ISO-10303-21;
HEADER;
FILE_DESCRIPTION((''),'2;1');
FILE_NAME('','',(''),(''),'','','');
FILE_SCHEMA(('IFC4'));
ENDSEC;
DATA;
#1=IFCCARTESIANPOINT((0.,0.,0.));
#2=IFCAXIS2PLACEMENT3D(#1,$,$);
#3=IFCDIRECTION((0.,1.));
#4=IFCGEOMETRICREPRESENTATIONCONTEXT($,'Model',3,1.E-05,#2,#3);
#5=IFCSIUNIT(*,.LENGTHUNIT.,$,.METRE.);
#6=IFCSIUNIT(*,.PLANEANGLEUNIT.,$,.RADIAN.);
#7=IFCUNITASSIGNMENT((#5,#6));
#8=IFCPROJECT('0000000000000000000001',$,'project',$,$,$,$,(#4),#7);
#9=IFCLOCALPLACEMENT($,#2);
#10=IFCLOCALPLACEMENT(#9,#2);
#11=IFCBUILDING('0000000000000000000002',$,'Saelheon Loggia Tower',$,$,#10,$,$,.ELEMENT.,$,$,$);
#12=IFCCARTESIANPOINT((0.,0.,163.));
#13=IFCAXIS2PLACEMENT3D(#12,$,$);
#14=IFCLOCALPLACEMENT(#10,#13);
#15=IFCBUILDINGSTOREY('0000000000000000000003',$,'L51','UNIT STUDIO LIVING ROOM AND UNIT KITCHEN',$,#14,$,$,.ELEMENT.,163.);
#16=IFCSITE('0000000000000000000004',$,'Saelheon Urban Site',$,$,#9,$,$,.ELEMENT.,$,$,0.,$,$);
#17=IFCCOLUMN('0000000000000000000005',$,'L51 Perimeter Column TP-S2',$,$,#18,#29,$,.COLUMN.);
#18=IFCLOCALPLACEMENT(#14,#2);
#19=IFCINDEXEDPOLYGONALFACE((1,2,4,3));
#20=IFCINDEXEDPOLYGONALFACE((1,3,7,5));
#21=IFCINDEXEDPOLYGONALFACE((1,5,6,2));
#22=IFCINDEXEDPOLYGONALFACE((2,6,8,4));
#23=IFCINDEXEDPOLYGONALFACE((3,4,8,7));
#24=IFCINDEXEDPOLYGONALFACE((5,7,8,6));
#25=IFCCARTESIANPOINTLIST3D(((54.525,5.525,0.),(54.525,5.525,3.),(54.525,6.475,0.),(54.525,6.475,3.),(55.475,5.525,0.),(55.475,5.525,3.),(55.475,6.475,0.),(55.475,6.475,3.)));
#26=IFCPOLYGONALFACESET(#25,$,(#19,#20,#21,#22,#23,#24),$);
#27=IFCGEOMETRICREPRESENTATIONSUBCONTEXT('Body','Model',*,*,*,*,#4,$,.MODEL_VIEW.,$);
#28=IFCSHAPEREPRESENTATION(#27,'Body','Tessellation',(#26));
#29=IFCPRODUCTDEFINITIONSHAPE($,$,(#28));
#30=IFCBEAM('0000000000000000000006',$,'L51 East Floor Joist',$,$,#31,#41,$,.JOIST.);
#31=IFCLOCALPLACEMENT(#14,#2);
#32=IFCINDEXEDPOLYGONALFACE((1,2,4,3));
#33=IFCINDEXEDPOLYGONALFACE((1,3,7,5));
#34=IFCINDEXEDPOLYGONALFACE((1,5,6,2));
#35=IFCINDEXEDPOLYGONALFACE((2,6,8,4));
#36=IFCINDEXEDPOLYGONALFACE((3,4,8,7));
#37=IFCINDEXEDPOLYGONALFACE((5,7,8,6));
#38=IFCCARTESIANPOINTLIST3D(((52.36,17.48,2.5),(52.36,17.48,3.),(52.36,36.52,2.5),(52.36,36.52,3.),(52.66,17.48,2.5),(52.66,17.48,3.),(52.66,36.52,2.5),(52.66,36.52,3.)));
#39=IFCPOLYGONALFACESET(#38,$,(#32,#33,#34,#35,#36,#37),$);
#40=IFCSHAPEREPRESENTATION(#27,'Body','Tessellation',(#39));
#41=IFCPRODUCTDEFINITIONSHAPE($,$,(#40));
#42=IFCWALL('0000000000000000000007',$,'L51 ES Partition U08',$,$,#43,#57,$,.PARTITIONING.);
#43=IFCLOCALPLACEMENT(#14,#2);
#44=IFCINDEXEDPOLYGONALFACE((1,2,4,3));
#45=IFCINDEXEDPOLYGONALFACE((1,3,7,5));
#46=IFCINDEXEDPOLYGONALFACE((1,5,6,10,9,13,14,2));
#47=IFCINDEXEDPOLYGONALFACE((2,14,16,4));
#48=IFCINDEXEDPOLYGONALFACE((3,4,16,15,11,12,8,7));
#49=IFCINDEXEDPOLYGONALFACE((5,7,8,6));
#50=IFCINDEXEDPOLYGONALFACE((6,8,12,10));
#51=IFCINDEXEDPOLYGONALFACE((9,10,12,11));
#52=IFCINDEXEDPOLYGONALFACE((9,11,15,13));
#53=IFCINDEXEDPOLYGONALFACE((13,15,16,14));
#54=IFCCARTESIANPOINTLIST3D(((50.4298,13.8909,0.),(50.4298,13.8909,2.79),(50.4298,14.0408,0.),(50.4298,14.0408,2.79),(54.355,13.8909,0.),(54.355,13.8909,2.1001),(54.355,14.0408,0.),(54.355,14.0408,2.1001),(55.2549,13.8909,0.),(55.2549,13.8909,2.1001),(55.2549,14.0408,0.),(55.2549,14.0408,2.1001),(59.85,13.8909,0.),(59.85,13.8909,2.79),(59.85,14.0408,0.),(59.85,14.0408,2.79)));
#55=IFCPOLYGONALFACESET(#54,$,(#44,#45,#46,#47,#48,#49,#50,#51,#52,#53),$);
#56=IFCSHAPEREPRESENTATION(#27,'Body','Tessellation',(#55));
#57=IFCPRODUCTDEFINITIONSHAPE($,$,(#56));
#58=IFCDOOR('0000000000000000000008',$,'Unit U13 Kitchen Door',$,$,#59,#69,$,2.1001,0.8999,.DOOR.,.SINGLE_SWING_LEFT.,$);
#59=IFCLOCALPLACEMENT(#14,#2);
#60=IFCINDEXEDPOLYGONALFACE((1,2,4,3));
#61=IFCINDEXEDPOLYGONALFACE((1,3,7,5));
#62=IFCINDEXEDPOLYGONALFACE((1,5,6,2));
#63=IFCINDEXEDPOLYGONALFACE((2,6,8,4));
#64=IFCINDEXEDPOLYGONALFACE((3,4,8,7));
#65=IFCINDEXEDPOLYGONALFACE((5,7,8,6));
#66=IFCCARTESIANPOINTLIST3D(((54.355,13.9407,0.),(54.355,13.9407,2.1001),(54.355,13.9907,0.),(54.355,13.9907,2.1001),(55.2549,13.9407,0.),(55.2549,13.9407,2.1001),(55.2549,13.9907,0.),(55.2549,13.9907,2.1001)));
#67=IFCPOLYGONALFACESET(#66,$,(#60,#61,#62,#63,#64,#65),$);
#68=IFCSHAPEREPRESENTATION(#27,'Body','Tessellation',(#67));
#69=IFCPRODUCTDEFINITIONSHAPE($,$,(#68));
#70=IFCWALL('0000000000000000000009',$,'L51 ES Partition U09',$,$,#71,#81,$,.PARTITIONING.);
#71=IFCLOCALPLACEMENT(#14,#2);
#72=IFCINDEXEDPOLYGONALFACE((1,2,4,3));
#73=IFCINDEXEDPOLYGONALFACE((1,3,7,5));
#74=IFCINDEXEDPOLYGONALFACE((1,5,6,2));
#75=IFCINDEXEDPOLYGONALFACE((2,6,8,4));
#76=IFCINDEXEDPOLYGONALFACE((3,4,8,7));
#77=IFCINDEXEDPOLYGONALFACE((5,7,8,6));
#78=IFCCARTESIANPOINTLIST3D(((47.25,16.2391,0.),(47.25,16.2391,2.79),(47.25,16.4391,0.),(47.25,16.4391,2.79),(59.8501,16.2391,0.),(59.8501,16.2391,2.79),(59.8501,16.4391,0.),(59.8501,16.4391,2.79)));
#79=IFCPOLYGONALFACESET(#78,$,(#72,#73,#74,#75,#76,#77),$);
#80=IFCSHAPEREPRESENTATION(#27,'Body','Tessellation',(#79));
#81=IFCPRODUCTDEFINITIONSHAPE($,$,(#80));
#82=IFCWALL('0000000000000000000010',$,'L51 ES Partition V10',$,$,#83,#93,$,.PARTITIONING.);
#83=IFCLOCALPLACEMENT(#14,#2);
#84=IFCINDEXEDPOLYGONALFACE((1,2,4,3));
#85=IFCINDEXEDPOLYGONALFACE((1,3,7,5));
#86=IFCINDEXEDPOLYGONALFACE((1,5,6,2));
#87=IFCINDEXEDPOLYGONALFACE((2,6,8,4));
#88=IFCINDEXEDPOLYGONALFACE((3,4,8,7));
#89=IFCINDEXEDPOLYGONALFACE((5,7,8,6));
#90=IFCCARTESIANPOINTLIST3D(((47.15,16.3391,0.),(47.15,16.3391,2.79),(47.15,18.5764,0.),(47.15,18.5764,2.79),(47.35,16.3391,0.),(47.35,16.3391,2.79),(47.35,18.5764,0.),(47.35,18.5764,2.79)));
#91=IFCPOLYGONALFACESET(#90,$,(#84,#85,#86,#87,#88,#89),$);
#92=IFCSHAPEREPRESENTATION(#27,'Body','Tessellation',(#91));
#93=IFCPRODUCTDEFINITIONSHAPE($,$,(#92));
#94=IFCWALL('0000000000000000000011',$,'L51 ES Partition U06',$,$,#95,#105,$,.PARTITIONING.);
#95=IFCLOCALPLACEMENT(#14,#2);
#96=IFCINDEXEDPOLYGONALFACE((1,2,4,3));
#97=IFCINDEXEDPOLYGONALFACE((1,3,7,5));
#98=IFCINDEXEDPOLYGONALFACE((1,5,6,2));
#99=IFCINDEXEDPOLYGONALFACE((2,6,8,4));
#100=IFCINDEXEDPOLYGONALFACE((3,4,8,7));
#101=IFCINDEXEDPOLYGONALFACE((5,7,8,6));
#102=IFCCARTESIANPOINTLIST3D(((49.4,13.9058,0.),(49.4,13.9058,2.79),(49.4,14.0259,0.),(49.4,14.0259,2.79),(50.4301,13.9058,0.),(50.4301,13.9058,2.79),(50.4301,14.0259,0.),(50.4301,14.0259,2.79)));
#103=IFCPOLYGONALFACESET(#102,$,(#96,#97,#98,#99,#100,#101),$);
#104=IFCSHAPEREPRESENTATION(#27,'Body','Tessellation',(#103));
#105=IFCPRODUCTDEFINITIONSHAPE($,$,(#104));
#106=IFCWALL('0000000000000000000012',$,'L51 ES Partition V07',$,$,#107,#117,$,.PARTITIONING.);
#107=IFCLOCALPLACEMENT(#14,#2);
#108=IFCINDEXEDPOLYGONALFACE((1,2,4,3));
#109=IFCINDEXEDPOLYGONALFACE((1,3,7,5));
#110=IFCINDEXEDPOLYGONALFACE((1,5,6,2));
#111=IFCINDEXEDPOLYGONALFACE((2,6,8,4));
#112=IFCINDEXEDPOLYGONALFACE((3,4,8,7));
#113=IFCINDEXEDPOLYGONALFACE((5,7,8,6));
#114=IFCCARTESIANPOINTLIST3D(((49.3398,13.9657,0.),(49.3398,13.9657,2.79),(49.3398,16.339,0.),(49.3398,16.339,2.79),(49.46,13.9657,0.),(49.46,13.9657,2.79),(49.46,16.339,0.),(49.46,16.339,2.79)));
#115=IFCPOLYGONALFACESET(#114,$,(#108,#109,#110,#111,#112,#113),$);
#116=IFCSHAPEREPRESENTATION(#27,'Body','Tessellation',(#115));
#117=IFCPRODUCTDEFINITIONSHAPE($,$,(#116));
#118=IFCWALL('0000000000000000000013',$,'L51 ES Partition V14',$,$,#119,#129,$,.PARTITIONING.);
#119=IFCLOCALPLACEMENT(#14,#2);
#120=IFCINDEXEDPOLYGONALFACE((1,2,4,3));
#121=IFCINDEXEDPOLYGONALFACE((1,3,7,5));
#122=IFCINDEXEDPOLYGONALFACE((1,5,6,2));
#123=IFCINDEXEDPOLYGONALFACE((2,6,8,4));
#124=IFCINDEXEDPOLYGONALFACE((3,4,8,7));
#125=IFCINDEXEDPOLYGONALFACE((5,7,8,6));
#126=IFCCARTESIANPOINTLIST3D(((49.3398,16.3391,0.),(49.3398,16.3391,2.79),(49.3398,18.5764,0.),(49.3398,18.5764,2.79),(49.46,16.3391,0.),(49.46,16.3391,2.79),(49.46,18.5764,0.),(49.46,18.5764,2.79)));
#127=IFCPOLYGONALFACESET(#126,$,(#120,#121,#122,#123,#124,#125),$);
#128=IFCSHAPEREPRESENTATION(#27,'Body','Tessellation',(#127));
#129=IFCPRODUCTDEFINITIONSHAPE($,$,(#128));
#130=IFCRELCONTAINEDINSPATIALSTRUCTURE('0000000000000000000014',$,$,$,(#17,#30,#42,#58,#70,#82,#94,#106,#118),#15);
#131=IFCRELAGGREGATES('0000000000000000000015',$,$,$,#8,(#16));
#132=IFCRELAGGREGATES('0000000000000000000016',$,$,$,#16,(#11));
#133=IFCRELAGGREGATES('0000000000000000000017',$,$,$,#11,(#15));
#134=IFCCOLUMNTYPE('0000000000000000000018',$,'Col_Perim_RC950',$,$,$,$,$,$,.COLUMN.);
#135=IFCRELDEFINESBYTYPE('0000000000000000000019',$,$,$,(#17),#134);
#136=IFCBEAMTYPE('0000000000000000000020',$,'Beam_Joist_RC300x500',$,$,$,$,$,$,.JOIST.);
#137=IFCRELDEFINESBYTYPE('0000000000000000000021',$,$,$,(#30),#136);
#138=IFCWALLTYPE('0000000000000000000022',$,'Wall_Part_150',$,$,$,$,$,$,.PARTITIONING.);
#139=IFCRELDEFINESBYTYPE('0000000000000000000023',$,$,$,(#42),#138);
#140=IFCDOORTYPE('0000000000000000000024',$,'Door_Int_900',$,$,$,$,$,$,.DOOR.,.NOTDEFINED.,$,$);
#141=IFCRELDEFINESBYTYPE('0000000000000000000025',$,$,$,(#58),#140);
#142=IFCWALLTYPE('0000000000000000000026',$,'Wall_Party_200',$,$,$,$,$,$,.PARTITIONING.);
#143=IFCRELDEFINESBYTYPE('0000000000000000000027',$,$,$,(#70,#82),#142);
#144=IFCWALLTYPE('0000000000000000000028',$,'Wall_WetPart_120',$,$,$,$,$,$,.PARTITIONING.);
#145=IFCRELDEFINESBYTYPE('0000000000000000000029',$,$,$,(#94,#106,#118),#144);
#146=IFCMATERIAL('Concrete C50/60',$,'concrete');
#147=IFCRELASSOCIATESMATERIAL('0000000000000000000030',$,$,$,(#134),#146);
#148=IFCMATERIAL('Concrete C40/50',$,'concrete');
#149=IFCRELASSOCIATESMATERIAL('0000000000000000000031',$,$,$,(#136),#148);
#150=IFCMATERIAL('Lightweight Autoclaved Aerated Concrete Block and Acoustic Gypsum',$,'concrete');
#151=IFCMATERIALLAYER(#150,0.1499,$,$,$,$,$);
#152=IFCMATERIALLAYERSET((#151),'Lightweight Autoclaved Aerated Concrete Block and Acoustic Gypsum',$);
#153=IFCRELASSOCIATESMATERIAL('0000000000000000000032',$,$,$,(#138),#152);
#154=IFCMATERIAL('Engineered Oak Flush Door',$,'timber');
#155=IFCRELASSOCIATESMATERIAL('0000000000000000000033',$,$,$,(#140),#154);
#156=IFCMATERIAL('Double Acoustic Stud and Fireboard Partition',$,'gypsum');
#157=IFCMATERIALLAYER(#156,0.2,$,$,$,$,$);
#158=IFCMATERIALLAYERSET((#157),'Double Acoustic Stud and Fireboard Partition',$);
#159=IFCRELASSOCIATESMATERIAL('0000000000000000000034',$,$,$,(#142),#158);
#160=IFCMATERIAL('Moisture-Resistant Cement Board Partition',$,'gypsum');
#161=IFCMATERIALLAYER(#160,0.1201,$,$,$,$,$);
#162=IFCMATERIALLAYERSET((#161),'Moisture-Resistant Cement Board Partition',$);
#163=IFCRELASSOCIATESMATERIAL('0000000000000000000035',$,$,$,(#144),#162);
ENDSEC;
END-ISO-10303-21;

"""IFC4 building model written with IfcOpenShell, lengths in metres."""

from ifc_helpers import new_model, si_unit, direction, frame, frame_2d, origin, origin_2d, place, context, subcontext, project, spatial, rectangle, extrude, source, transform, mapped, material, layer, layer_set, material_profile, profile_set, type_object, element, fill, save


model = new_model("IFC4")

# Units and contexts
model_context = context("Model", 3, precision=1e-05, world=origin(), true_north=direction((0.0, 1.0)))
body_context = subcontext(model_context, "Body", "Model", "MODEL_VIEW")
ifc_project = project(units=[si_unit("LENGTHUNIT", "METRE"), si_unit("PLANEANGLEUNIT", "RADIAN")], contexts=[model_context])

# Site, building, storey
site_placement = place(None, origin())
site = spatial("IfcSite", under=ifc_project, at=site_placement, Name="Saelheon Urban Site", CompositionType="ELEMENT", RefElevation=0.0)
building_placement = place(site_placement, origin())
building = spatial("IfcBuilding", under=site, at=building_placement, Name="Saelheon Loggia Tower", CompositionType="ELEMENT")
storey_placement = place(building_placement, frame((0.0, 0.0, 163.0)))
storey = spatial("IfcBuildingStorey", under=building, at=storey_placement, Name="L51", Description="UNIT STUDIO LIVING ROOM AND UNIT KITCHEN", CompositionType="ELEMENT", Elevation=163.0)

# Column
ifc_material_1 = material(Name="Concrete C50/60", Category="concrete")
ifc_material_profile_1 = material_profile(ifc_material_1, rectangle(XDim=0.95, YDim=0.95, at=origin_2d()), Name="RC-950x950")
ifc_profile_set_1 = profile_set([ifc_material_profile_1], Name="Concrete C50/60")
column_type = type_object("IfcColumnType", Name="Col_Perim_RC950", PredefinedType="COLUMN", material=ifc_profile_set_1)
shared_shape_1 = source(origin(), body_context, "Body", "SweptSolid", [
    extrude(rectangle(XDim=0.95, YDim=0.95, at=origin_2d()), origin(), (0.0, 0.0, 1.0), 3.0),
])
column_placement = place(storey_placement, frame((55.0, 6.0, 0.0), z_axis=(0.0, 0.0, 1.0), x_axis=(1.0, 0.0, 0.0)))
element("IfcColumn", 1, at=column_placement, inside=storey, type_object=column_type, Name="L51 Perimeter Column TP-S2", PredefinedType="COLUMN", context=body_context, shape_type="MappedRepresentation", body=[
    mapped(shared_shape_1, transform((0.0, 0.0, 0.0), scale=1.0)),
])

# Beam
ifc_material_2 = material(Name="Concrete C40/50", Category="concrete")
ifc_material_profile_2 = material_profile(ifc_material_2, rectangle(XDim=0.3, YDim=0.5, at=origin_2d()), Name="RC-300x500")
ifc_profile_set_2 = profile_set([ifc_material_profile_2], Name="Concrete C40/50")
beam_type = type_object("IfcBeamType", Name="Beam_Joist_RC300x500", PredefinedType="JOIST", material=ifc_profile_set_2)
shared_shape_2 = source(origin(), body_context, "Body", "SweptSolid", [
    extrude(rectangle(XDim=0.3, YDim=0.5, at=origin_2d()), origin(), (0.0, 0.0, 1.0), 19.04),
])
beam_placement = place(storey_placement, frame((52.51, 17.48, 2.75), z_axis=(0.0, 1.0, 0.0), x_axis=(-1.0, 0.0, 0.0)))
element("IfcBeam", 2, at=beam_placement, inside=storey, type_object=beam_type, Name="L51 East Floor Joist", PredefinedType="JOIST", context=body_context, shape_type="MappedRepresentation", body=[
    mapped(shared_shape_2, transform((0.0, 0.0, 0.0), scale=1.0)),
])

# Wall, opening, door
ifc_material_3 = material(Name="Lightweight Autoclaved Aerated Concrete Block and Acoustic Gypsum", Category="concrete")
ifc_layer_1 = layer(ifc_material_3, 0.1499)
ifc_layer_set_1 = layer_set([ifc_layer_1], Name="Lightweight Autoclaved Aerated Concrete Block and Acoustic Gypsum")
wall_type_1 = type_object("IfcWallType", Name="Wall_Part_150", PredefinedType="PARTITIONING", material=ifc_layer_set_1)
wall_1_placement = place(storey_placement, frame((50.4299, 13.9658, 0.0), z_axis=(0.0, 0.0, 1.0), x_axis=(1.0, 0.0, 0.0)))
wall_1 = element("IfcWall", 3, at=wall_1_placement, inside=storey, type_object=wall_type_1, Name="L51 ES Partition U08", PredefinedType="PARTITIONING", context=body_context, shape_type="SweptSolid", body=[
    extrude(rectangle(XDim=9.4202, YDim=0.1499, at=frame_2d((4.71, 0.0))), origin(), (0.0, 0.0, 1.0), 2.79),
])
opening_placement = place(wall_1_placement, frame((3.925, 0.0, 0.0)))
opening = element("IfcOpeningElement", 4, at=opening_placement, cuts=wall_1, PredefinedType="OPENING", context=body_context, shape_type="SweptSolid", body=[
    extrude(rectangle(XDim=0.8999, YDim=2.1001, at=frame_2d((0.45, 1.05))), frame((0.0, 0.0869, 0.0), z_axis=(0.0, -1.0, 0.0), x_axis=(1.0, 0.0, 0.0)), (0.0, 0.0, 1.0), 0.1738),
])
ifc_material_4 = material(Name="Engineered Oak Flush Door", Category="timber")
door_type = type_object("IfcDoorType", Name="Door_Int_900", OperationType="NOTDEFINED", PredefinedType="DOOR", material=ifc_material_4)
shared_shape_3 = source(origin(), body_context, "Body", "SweptSolid", [
    extrude(rectangle(XDim=0.8999, YDim=2.1001, at=frame_2d((0.45, 1.05))), frame((0.0, 0.0249, 0.0), z_axis=(0.0, -1.0, 0.0), x_axis=(1.0, 0.0, 0.0)), (0.0, 0.0, 1.0), 0.05),
])
door_placement = place(opening_placement, origin())
door = element("IfcDoor", 5, at=door_placement, inside=storey, type_object=door_type, Name="Unit U13 Kitchen Door", OperationType="SINGLE_SWING_LEFT", OverallHeight=2.1001, OverallWidth=0.8999, PredefinedType="DOOR", context=body_context, shape_type="MappedRepresentation", body=[
    mapped(shared_shape_3, transform((0.0, 0.0, 0.0), scale=1.0)),
])
fill(opening, door)

# Walls
ifc_material_5 = material(Name="Double Acoustic Stud and Fireboard Partition", Category="gypsum")
ifc_layer_2 = layer(ifc_material_5, 0.2)
ifc_layer_set_2 = layer_set([ifc_layer_2], Name="Double Acoustic Stud and Fireboard Partition")
wall_type_2 = type_object("IfcWallType", Name="Wall_Party_200", PredefinedType="PARTITIONING", material=ifc_layer_set_2)
wall_2_placement = place(storey_placement, frame((47.25, 16.3391, 0.0), z_axis=(0.0, 0.0, 1.0), x_axis=(1.0, 0.0, 0.0)))
element("IfcWall", 6, at=wall_2_placement, inside=storey, type_object=wall_type_2, Name="L51 ES Partition U09", PredefinedType="PARTITIONING", context=body_context, shape_type="SweptSolid", body=[
    extrude(rectangle(XDim=12.6001, YDim=0.2, at=frame_2d((6.3, 0.0))), origin(), (0.0, 0.0, 1.0), 2.79),
])
wall_3_placement = place(storey_placement, frame((47.25, 16.3391, 0.0), z_axis=(0.0, 0.0, 1.0), x_axis=(0.0, 1.0, 0.0)))
element("IfcWall", 7, at=wall_3_placement, inside=storey, type_object=wall_type_2, Name="L51 ES Partition V10", PredefinedType="PARTITIONING", context=body_context, shape_type="SweptSolid", body=[
    extrude(rectangle(XDim=2.2373, YDim=0.2, at=frame_2d((1.1187, 0.0))), origin(), (0.0, 0.0, 1.0), 2.79),
])
ifc_material_6 = material(Name="Moisture-Resistant Cement Board Partition", Category="gypsum")
ifc_layer_3 = layer(ifc_material_6, 0.1201)
ifc_layer_set_3 = layer_set([ifc_layer_3], Name="Moisture-Resistant Cement Board Partition")
wall_type_3 = type_object("IfcWallType", Name="Wall_WetPart_120", PredefinedType="PARTITIONING", material=ifc_layer_set_3)
wall_4_placement = place(storey_placement, frame((49.3999, 13.9658, 0.0), z_axis=(0.0, 0.0, 1.0), x_axis=(1.0, 0.0, 0.0)))
element("IfcWall", 8, at=wall_4_placement, inside=storey, type_object=wall_type_3, Name="L51 ES Partition U06", PredefinedType="PARTITIONING", context=body_context, shape_type="SweptSolid", body=[
    extrude(rectangle(XDim=1.03, YDim=0.1201, at=frame_2d((0.5151, 0.0))), origin(), (0.0, 0.0, 1.0), 2.79),
])
wall_5_placement = place(storey_placement, frame((49.3999, 13.9658, 0.0), z_axis=(0.0, 0.0, 1.0), x_axis=(0.0, 1.0, 0.0)))
element("IfcWall", 9, at=wall_5_placement, inside=storey, type_object=wall_type_3, Name="L51 ES Partition V07", PredefinedType="PARTITIONING", context=body_context, shape_type="SweptSolid", body=[
    extrude(rectangle(XDim=2.3733, YDim=0.1201, at=frame_2d((1.1865, 0.0))), origin(), (0.0, 0.0, 1.0), 2.79),
])
wall_6_placement = place(storey_placement, frame((49.3999, 16.3391, 0.0), z_axis=(0.0, 0.0, 1.0), x_axis=(0.0, 1.0, 0.0)))
element("IfcWall", 10, at=wall_6_placement, inside=storey, type_object=wall_type_3, Name="L51 ES Partition V14", PredefinedType="PARTITIONING", context=body_context, shape_type="SweptSolid", body=[
    extrude(rectangle(XDim=2.2373, YDim=0.1201, at=frame_2d((1.1187, 0.0))), origin(), (0.0, 0.0, 1.0), 2.79),
])

save(model, "model.ifc")
